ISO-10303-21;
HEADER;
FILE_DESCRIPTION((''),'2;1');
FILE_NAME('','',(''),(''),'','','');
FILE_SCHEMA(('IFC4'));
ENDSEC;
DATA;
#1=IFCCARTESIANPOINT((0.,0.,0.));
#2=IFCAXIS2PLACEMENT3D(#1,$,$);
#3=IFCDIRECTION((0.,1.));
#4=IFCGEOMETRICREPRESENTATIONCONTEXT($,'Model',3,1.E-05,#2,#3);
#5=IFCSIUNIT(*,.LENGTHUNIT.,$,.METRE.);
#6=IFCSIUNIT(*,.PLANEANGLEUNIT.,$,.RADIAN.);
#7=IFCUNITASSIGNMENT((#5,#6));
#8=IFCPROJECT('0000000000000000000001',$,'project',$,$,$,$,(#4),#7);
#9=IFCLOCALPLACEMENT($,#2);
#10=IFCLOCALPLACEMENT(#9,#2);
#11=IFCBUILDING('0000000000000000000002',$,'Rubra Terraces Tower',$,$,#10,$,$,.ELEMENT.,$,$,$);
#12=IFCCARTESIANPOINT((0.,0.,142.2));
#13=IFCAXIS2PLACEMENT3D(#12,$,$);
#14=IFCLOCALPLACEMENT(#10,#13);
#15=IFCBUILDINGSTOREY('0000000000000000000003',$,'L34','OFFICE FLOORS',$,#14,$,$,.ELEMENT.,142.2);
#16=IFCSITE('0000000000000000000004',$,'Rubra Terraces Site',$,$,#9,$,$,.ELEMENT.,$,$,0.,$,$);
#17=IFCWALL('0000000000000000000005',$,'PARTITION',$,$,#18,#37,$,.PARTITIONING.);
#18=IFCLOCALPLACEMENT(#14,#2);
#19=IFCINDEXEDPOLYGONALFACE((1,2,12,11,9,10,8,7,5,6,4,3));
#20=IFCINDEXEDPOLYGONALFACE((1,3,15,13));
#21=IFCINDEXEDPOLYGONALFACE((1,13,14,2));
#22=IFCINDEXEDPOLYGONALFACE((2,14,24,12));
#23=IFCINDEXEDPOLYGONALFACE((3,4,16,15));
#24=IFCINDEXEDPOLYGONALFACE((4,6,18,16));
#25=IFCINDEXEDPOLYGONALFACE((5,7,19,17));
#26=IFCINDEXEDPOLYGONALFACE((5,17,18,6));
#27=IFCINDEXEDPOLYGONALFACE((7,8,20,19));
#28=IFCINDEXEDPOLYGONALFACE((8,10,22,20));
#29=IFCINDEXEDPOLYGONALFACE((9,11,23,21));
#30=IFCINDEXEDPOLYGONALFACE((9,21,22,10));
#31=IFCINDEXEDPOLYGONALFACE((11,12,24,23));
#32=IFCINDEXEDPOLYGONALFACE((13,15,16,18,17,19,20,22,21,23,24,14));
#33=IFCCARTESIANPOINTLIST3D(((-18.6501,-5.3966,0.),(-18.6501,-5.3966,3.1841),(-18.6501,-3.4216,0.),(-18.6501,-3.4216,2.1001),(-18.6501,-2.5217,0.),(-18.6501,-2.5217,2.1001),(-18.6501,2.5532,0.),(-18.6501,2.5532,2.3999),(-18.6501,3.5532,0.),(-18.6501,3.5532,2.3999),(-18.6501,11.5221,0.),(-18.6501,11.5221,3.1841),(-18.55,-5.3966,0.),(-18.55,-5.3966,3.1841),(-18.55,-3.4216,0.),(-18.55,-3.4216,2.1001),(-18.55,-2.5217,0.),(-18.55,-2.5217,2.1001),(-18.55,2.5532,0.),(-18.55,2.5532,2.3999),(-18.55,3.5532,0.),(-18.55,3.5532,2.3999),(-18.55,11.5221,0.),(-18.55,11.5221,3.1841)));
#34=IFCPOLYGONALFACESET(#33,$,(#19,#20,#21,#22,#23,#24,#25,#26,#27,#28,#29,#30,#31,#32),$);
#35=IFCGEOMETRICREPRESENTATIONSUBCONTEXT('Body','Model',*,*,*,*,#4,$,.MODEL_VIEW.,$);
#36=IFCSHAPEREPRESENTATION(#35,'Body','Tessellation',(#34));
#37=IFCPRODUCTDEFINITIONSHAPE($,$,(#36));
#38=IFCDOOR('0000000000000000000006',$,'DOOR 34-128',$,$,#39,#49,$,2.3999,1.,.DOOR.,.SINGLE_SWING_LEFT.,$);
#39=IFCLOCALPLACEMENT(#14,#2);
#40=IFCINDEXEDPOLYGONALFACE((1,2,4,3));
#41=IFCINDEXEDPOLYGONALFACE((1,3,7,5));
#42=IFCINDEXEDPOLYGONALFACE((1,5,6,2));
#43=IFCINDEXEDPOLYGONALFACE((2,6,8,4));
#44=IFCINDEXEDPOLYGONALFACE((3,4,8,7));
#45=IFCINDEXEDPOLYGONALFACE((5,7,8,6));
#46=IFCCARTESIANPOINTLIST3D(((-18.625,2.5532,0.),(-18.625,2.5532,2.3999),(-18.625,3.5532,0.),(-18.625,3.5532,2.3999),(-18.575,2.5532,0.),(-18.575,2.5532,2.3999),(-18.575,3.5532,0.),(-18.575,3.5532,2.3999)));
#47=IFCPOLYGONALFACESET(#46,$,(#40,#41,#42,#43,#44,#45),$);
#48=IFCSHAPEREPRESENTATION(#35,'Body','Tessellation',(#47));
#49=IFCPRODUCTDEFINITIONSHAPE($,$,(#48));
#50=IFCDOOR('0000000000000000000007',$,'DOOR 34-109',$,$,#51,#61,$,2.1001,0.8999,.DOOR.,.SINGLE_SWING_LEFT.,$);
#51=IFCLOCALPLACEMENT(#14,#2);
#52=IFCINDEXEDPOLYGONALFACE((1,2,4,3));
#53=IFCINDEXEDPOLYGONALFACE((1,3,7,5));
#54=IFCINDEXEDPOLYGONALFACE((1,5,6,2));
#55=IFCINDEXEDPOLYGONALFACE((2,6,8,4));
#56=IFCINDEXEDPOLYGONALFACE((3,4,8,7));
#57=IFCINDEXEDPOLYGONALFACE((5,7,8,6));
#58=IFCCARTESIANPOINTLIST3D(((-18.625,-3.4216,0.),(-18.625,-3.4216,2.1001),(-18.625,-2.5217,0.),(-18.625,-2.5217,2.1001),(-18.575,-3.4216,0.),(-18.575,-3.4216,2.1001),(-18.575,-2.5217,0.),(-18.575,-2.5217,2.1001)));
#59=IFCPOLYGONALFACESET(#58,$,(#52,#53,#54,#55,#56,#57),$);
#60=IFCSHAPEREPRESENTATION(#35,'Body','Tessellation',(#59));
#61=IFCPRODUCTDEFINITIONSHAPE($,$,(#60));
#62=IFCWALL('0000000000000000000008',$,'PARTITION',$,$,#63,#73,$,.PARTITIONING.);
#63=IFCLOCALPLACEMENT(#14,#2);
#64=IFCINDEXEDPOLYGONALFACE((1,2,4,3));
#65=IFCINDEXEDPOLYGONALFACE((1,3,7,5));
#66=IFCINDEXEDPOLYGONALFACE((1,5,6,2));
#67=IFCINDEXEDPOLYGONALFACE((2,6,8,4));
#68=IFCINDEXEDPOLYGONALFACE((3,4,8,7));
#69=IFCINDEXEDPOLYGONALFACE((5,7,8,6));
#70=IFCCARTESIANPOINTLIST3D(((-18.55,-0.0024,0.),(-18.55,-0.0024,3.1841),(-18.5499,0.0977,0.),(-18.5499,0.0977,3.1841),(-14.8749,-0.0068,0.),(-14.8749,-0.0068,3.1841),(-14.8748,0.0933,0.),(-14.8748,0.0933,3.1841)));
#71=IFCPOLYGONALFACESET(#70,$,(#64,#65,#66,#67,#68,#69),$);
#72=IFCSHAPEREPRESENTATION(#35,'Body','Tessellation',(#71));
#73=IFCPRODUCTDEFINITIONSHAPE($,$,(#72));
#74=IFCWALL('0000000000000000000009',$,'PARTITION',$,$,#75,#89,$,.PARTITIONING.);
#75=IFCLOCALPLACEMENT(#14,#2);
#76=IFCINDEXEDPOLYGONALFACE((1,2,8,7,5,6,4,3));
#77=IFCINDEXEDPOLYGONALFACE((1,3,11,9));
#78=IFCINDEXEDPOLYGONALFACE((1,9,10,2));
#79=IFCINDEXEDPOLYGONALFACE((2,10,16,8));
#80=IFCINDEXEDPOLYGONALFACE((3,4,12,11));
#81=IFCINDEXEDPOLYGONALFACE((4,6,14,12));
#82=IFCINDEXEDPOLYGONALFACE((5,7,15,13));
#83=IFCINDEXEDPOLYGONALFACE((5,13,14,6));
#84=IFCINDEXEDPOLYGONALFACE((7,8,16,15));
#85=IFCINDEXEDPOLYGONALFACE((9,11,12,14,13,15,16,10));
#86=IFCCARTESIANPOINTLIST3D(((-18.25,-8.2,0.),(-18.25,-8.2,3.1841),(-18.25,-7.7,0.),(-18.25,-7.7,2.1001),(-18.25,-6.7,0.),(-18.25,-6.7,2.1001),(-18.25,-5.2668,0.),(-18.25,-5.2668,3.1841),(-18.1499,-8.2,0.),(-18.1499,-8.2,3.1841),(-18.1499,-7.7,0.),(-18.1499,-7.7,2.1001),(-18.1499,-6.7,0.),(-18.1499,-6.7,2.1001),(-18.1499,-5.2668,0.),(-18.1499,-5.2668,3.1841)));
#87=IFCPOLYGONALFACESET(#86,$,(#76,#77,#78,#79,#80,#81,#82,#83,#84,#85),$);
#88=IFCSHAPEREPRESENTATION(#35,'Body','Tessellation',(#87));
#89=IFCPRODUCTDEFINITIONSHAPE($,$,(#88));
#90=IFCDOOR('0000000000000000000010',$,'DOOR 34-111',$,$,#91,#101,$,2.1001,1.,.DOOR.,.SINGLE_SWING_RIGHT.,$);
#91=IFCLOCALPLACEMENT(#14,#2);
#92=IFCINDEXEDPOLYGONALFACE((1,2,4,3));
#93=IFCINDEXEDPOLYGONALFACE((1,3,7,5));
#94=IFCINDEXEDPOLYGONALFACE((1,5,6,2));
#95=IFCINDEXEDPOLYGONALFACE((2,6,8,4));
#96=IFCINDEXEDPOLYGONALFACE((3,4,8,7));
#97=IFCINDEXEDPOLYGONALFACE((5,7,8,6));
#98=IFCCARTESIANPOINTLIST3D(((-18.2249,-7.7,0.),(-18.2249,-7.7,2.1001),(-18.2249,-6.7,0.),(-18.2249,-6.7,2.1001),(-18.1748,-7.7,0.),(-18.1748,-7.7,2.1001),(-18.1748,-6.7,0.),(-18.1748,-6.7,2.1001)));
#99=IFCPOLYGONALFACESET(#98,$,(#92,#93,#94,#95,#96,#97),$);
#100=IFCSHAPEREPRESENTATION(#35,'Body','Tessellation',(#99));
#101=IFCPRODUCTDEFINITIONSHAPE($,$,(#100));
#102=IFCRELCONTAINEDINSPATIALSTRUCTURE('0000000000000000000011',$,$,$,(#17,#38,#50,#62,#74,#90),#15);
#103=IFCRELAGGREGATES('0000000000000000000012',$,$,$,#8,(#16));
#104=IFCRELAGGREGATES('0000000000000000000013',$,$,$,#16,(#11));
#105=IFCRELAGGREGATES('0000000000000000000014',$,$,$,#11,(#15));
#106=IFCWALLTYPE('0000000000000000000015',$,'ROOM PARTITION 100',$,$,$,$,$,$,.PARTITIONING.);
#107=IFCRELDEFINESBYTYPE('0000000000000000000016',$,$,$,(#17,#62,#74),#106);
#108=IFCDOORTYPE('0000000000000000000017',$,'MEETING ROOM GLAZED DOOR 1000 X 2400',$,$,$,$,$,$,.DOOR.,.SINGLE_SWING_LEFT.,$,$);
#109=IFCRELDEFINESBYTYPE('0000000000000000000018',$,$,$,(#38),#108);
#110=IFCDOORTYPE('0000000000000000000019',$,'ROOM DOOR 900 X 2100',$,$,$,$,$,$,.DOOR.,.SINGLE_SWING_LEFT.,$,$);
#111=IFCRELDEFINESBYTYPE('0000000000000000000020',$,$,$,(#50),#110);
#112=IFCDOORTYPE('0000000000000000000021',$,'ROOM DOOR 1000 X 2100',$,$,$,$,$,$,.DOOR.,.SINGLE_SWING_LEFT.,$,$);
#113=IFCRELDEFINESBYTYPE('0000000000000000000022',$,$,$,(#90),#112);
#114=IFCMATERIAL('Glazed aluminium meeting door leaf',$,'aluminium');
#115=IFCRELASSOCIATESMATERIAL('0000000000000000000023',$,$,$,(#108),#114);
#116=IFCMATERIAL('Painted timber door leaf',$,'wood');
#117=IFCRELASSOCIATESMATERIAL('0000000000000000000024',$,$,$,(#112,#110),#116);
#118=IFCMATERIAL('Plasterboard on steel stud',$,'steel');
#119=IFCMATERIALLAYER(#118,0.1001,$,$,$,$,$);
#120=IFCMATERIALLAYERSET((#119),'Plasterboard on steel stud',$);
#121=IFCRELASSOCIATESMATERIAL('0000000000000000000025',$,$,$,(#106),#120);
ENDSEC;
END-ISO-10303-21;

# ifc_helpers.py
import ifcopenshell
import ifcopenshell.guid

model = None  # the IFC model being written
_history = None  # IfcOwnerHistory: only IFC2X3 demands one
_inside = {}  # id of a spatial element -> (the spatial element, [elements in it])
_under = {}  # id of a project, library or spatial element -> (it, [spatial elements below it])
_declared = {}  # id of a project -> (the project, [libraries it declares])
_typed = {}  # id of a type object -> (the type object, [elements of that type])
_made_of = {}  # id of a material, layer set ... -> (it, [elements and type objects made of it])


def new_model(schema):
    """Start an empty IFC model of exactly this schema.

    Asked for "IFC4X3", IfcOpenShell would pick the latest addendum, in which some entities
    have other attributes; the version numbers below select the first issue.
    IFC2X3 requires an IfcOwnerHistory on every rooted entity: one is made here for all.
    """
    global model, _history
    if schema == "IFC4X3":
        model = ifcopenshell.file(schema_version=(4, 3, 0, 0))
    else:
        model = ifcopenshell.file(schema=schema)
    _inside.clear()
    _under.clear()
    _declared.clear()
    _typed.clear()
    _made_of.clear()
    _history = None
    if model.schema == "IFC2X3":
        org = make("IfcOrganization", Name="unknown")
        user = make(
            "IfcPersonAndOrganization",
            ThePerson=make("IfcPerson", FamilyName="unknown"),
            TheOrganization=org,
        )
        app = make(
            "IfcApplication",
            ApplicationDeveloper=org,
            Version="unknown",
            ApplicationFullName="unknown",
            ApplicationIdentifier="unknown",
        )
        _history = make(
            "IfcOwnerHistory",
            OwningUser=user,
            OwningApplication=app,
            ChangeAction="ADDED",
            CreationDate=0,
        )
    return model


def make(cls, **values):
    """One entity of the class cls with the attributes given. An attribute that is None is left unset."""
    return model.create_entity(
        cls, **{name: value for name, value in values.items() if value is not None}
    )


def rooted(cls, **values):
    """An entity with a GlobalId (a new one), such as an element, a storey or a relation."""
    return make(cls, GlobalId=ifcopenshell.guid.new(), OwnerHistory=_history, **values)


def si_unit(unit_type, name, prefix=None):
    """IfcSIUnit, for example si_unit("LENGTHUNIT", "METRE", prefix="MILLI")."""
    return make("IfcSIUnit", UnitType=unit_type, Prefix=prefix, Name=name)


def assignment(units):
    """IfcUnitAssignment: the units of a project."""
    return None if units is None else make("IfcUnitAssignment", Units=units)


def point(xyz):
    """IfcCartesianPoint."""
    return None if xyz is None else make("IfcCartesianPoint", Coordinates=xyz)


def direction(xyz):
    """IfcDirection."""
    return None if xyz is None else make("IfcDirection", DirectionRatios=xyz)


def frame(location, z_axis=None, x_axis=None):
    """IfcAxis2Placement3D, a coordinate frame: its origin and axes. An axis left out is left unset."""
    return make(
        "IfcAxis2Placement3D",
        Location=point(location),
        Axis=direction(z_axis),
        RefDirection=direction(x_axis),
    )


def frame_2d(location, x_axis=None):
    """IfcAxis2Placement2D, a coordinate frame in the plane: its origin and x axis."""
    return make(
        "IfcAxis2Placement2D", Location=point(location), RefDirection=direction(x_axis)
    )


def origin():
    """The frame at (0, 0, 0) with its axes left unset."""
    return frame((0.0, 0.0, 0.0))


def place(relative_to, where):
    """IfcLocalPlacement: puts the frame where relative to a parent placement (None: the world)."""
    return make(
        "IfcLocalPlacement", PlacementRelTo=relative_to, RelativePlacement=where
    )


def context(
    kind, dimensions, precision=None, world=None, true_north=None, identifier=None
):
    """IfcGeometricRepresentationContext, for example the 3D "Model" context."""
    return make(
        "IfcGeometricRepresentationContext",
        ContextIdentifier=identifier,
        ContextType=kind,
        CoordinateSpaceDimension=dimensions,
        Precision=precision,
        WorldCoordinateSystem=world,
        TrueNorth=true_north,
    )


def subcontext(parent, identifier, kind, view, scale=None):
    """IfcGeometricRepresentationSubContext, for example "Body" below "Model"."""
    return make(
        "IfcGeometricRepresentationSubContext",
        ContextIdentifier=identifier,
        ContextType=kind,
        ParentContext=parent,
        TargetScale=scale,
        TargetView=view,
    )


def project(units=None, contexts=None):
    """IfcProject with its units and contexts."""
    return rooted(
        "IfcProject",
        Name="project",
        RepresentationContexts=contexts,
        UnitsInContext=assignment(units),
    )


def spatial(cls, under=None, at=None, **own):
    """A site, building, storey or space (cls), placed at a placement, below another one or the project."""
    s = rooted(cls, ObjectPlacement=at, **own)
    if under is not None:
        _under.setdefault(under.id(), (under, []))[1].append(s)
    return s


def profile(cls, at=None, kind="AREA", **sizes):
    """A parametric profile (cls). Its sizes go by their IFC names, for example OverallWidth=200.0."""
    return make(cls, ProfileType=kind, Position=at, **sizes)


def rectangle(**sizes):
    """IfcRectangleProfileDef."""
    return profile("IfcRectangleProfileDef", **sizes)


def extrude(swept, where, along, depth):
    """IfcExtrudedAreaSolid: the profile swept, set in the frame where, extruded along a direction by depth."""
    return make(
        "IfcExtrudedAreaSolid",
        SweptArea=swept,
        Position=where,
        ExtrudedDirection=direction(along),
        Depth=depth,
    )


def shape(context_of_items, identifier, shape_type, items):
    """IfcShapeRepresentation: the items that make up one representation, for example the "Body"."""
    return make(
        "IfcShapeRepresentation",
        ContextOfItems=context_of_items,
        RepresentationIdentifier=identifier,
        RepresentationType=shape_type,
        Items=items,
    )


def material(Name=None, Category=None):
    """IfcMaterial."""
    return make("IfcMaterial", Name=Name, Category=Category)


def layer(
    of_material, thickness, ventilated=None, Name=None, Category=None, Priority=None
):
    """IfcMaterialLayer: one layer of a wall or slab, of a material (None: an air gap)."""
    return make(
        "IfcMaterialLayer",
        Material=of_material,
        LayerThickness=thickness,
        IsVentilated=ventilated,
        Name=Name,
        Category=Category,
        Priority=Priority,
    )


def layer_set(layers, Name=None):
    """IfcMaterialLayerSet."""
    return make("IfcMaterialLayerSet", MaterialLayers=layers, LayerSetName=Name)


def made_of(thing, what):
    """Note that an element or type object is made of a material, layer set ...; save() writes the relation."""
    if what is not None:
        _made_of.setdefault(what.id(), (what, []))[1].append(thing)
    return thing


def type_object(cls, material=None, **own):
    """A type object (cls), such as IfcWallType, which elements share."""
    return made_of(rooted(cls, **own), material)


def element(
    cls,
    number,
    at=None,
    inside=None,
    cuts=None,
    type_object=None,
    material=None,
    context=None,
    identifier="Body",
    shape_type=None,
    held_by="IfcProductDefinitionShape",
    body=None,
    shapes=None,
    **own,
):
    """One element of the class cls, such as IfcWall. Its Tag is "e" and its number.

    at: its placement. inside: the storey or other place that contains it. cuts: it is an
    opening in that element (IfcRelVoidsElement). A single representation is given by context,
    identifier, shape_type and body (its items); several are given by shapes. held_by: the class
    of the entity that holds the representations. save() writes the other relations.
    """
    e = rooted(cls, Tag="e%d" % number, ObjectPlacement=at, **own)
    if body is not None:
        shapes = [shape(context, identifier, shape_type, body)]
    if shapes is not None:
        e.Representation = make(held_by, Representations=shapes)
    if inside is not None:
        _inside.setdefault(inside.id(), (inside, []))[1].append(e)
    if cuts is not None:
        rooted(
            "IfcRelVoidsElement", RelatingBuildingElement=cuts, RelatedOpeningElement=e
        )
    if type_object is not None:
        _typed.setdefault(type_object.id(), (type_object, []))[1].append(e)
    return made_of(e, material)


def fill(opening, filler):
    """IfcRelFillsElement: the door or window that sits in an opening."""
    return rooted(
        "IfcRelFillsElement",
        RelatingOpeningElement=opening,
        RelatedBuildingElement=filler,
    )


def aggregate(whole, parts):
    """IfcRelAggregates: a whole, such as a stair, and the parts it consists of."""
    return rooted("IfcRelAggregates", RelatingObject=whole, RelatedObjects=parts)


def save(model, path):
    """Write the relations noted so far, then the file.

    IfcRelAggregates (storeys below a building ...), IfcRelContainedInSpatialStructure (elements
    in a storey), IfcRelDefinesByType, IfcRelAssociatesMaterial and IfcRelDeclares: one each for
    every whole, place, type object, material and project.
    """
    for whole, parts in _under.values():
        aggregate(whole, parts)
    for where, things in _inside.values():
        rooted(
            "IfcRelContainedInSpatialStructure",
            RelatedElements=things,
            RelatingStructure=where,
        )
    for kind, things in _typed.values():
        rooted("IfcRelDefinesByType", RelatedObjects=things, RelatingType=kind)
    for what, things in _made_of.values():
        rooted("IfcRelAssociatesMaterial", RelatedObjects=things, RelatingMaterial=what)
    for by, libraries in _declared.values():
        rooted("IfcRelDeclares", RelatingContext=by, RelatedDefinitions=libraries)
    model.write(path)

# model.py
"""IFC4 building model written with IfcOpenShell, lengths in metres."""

from ifc_helpers import new_model, si_unit, direction, frame, frame_2d, origin, place, context, subcontext, project, spatial, rectangle, extrude, material, layer, layer_set, type_object, element, fill, save


model = new_model("IFC4")

# Units and contexts
model_context = context("Model", 3, precision=1e-05, world=origin(), true_north=direction((0.0, 1.0)))
body_context = subcontext(model_context, "Body", "Model", "MODEL_VIEW")
ifc_project = project(units=[si_unit("LENGTHUNIT", "METRE"), si_unit("PLANEANGLEUNIT", "RADIAN")], contexts=[model_context])

# Site, building, storey
site_placement = place(None, origin())
site = spatial("IfcSite", under=ifc_project, at=site_placement, Name="Rubra Terraces Site", CompositionType="ELEMENT", RefElevation=0.0)
building_placement = place(site_placement, origin())
building = spatial("IfcBuilding", under=site, at=building_placement, Name="Rubra Terraces Tower", CompositionType="ELEMENT")
storey_placement = place(building_placement, frame((0.0, 0.0, 142.2)))
storey = spatial("IfcBuildingStorey", under=building, at=storey_placement, Name="L34", Description="OFFICE FLOORS", CompositionType="ELEMENT", Elevation=142.2)

# Wall, openings, doors
ifc_material_1 = material(Name="Glazed aluminium meeting door leaf", Category="aluminium")
door_type_1 = type_object("IfcDoorType", Name="MEETING ROOM GLAZED DOOR 1000 X 2400", OperationType="SINGLE_SWING_LEFT", PredefinedType="DOOR", material=ifc_material_1)
ifc_material_2 = material(Name="Painted timber door leaf", Category="wood")
door_type_2 = type_object("IfcDoorType", Name="ROOM DOOR 1000 X 2100", OperationType="SINGLE_SWING_LEFT", PredefinedType="DOOR", material=ifc_material_2)
ifc_material_3 = material(Name="Plasterboard on steel stud", Category="steel")
ifc_layer_1 = layer(ifc_material_3, 0.1001)
ifc_layer_set_1 = layer_set([ifc_layer_1], Name="Plasterboard on steel stud")
wall_type_1 = type_object("IfcWallType", Name="ROOM PARTITION 100", PredefinedType="PARTITIONING", material=ifc_layer_set_1)
wall_1_placement = place(storey_placement, frame((-18.6001, -5.3967, 0.0), z_axis=(0.0, 0.0, 1.0), x_axis=(0.0, 1.0, 0.0)))
wall_1 = element("IfcWall", 1, at=wall_1_placement, inside=storey, type_object=wall_type_1, Name="PARTITION", PredefinedType="PARTITIONING", context=body_context, shape_type="SweptSolid", body=[
    extrude(rectangle(XDim=16.9187, YDim=0.1001, at=frame_2d((8.4595, 0.0))), origin(), (0.0, 0.0, 1.0), 3.1841),
])
opening_1_placement = place(wall_1_placement, frame((1.9751, 0.0, 0.0)))
opening_1 = element("IfcOpeningElement", 2, at=opening_1_placement, cuts=wall_1, PredefinedType="OPENING", context=body_context, shape_type="SweptSolid", body=[
    extrude(rectangle(XDim=0.8999, YDim=2.1001, at=frame_2d((0.45, 1.05))), frame((0.0, 0.0601, 0.0), z_axis=(0.0, -1.0, 0.0), x_axis=(1.0, 0.0, 0.0)), (0.0, 0.0, 1.0), 0.1201),
])
opening_2_placement = place(wall_1_placement, frame((7.95, 0.0, 0.0)))
opening_2 = element("IfcOpeningElement", 3, at=opening_2_placement, cuts=wall_1, PredefinedType="OPENING", context=body_context, shape_type="SweptSolid", body=[
    extrude(rectangle(XDim=1.0, YDim=2.3999, at=frame_2d((0.5, 1.2))), frame((0.0, 0.0601, 0.0), z_axis=(0.0, -1.0, 0.0), x_axis=(1.0, 0.0, 0.0)), (0.0, 0.0, 1.0), 0.1201),
])
door_1_placement = place(opening_2_placement, origin())
door_1 = element("IfcDoor", 4, at=door_1_placement, inside=storey, type_object=door_type_1, Name="DOOR 34-128", OperationType="SINGLE_SWING_LEFT", OverallHeight=2.3999, OverallWidth=1.0, PredefinedType="DOOR", context=body_context, shape_type="SweptSolid", body=[
    extrude(rectangle(XDim=1.0, YDim=2.3999, at=frame_2d((0.5, 1.2))), frame((0.0, 0.0249, 0.0), z_axis=(0.0, -1.0, 0.0), x_axis=(1.0, 0.0, 0.0)), (0.0, 0.0, 1.0), 0.05),
])
fill(opening_2, door_1)
door_type_3 = type_object("IfcDoorType", Name="ROOM DOOR 900 X 2100", OperationType="SINGLE_SWING_LEFT", PredefinedType="DOOR", material=ifc_material_2)
door_2_placement = place(opening_1_placement, origin())
door_2 = element("IfcDoor", 5, at=door_2_placement, inside=storey, type_object=door_type_3, Name="DOOR 34-109", OperationType="SINGLE_SWING_LEFT", OverallHeight=2.1001, OverallWidth=0.8999, PredefinedType="DOOR", context=body_context, shape_type="SweptSolid", body=[
    extrude(rectangle(XDim=0.8999, YDim=2.1001, at=frame_2d((0.45, 1.05))), frame((0.0, 0.0249, 0.0), z_axis=(0.0, -1.0, 0.0), x_axis=(1.0, 0.0, 0.0)), (0.0, 0.0, 1.0), 0.05),
])
fill(opening_1, door_2)

# Wall
wall_2_placement = place(storey_placement, frame((-14.875, 0.0432, 0.0), z_axis=(0.0, 0.0, 1.0), x_axis=(-0.999999, 0.001196, 0.0)))
element("IfcWall", 6, at=wall_2_placement, inside=storey, type_object=wall_type_1, Name="PARTITION", PredefinedType="PARTITIONING", context=body_context, shape_type="SweptSolid", body=[
    extrude(rectangle(XDim=3.675, YDim=0.1001, at=frame_2d((1.8374, 0.0))), origin(), (0.0, 0.0, 1.0), 3.1841),
])

# Wall, opening, door
wall_3_placement = place(storey_placement, frame((-18.2, -8.2, 0.0), z_axis=(0.0, 0.0, 1.0), x_axis=(0.0, 1.0, 0.0)))
wall_3 = element("IfcWall", 7, at=wall_3_placement, inside=storey, type_object=wall_type_1, Name="PARTITION", PredefinedType="PARTITIONING", context=body_context, shape_type="SweptSolid", body=[
    extrude(rectangle(XDim=2.9331, YDim=0.1001, at=frame_2d((1.4666, 0.0))), origin(), (0.0, 0.0, 1.0), 3.1841),
])
opening_3_placement = place(wall_3_placement, frame((0.5, 0.0, 0.0)))
opening_3 = element("IfcOpeningElement", 8, at=opening_3_placement, cuts=wall_3, PredefinedType="OPENING", context=body_context, shape_type="SweptSolid", body=[
    extrude(rectangle(XDim=1.0, YDim=2.1001, at=frame_2d((0.5, 1.05))), frame((0.0, 0.0601, 0.0), z_axis=(0.0, -1.0, 0.0), x_axis=(1.0, 0.0, 0.0)), (0.0, 0.0, 1.0), 0.1201),
])
door_3_placement = place(opening_3_placement, origin())
door_3 = element("IfcDoor", 9, at=door_3_placement, inside=storey, type_object=door_type_2, Name="DOOR 34-111", OperationType="SINGLE_SWING_RIGHT", OverallHeight=2.1001, OverallWidth=1.0, PredefinedType="DOOR", context=body_context, shape_type="SweptSolid", body=[
    extrude(rectangle(XDim=1.0, YDim=2.1001, at=frame_2d((0.5, 1.05))), frame((0.0, 0.0249, 0.0), z_axis=(0.0, -1.0, 0.0), x_axis=(1.0, 0.0, 0.0)), (0.0, 0.0, 1.0), 0.05),
])
fill(opening_3, door_3)

save(model, "model.ifc")
